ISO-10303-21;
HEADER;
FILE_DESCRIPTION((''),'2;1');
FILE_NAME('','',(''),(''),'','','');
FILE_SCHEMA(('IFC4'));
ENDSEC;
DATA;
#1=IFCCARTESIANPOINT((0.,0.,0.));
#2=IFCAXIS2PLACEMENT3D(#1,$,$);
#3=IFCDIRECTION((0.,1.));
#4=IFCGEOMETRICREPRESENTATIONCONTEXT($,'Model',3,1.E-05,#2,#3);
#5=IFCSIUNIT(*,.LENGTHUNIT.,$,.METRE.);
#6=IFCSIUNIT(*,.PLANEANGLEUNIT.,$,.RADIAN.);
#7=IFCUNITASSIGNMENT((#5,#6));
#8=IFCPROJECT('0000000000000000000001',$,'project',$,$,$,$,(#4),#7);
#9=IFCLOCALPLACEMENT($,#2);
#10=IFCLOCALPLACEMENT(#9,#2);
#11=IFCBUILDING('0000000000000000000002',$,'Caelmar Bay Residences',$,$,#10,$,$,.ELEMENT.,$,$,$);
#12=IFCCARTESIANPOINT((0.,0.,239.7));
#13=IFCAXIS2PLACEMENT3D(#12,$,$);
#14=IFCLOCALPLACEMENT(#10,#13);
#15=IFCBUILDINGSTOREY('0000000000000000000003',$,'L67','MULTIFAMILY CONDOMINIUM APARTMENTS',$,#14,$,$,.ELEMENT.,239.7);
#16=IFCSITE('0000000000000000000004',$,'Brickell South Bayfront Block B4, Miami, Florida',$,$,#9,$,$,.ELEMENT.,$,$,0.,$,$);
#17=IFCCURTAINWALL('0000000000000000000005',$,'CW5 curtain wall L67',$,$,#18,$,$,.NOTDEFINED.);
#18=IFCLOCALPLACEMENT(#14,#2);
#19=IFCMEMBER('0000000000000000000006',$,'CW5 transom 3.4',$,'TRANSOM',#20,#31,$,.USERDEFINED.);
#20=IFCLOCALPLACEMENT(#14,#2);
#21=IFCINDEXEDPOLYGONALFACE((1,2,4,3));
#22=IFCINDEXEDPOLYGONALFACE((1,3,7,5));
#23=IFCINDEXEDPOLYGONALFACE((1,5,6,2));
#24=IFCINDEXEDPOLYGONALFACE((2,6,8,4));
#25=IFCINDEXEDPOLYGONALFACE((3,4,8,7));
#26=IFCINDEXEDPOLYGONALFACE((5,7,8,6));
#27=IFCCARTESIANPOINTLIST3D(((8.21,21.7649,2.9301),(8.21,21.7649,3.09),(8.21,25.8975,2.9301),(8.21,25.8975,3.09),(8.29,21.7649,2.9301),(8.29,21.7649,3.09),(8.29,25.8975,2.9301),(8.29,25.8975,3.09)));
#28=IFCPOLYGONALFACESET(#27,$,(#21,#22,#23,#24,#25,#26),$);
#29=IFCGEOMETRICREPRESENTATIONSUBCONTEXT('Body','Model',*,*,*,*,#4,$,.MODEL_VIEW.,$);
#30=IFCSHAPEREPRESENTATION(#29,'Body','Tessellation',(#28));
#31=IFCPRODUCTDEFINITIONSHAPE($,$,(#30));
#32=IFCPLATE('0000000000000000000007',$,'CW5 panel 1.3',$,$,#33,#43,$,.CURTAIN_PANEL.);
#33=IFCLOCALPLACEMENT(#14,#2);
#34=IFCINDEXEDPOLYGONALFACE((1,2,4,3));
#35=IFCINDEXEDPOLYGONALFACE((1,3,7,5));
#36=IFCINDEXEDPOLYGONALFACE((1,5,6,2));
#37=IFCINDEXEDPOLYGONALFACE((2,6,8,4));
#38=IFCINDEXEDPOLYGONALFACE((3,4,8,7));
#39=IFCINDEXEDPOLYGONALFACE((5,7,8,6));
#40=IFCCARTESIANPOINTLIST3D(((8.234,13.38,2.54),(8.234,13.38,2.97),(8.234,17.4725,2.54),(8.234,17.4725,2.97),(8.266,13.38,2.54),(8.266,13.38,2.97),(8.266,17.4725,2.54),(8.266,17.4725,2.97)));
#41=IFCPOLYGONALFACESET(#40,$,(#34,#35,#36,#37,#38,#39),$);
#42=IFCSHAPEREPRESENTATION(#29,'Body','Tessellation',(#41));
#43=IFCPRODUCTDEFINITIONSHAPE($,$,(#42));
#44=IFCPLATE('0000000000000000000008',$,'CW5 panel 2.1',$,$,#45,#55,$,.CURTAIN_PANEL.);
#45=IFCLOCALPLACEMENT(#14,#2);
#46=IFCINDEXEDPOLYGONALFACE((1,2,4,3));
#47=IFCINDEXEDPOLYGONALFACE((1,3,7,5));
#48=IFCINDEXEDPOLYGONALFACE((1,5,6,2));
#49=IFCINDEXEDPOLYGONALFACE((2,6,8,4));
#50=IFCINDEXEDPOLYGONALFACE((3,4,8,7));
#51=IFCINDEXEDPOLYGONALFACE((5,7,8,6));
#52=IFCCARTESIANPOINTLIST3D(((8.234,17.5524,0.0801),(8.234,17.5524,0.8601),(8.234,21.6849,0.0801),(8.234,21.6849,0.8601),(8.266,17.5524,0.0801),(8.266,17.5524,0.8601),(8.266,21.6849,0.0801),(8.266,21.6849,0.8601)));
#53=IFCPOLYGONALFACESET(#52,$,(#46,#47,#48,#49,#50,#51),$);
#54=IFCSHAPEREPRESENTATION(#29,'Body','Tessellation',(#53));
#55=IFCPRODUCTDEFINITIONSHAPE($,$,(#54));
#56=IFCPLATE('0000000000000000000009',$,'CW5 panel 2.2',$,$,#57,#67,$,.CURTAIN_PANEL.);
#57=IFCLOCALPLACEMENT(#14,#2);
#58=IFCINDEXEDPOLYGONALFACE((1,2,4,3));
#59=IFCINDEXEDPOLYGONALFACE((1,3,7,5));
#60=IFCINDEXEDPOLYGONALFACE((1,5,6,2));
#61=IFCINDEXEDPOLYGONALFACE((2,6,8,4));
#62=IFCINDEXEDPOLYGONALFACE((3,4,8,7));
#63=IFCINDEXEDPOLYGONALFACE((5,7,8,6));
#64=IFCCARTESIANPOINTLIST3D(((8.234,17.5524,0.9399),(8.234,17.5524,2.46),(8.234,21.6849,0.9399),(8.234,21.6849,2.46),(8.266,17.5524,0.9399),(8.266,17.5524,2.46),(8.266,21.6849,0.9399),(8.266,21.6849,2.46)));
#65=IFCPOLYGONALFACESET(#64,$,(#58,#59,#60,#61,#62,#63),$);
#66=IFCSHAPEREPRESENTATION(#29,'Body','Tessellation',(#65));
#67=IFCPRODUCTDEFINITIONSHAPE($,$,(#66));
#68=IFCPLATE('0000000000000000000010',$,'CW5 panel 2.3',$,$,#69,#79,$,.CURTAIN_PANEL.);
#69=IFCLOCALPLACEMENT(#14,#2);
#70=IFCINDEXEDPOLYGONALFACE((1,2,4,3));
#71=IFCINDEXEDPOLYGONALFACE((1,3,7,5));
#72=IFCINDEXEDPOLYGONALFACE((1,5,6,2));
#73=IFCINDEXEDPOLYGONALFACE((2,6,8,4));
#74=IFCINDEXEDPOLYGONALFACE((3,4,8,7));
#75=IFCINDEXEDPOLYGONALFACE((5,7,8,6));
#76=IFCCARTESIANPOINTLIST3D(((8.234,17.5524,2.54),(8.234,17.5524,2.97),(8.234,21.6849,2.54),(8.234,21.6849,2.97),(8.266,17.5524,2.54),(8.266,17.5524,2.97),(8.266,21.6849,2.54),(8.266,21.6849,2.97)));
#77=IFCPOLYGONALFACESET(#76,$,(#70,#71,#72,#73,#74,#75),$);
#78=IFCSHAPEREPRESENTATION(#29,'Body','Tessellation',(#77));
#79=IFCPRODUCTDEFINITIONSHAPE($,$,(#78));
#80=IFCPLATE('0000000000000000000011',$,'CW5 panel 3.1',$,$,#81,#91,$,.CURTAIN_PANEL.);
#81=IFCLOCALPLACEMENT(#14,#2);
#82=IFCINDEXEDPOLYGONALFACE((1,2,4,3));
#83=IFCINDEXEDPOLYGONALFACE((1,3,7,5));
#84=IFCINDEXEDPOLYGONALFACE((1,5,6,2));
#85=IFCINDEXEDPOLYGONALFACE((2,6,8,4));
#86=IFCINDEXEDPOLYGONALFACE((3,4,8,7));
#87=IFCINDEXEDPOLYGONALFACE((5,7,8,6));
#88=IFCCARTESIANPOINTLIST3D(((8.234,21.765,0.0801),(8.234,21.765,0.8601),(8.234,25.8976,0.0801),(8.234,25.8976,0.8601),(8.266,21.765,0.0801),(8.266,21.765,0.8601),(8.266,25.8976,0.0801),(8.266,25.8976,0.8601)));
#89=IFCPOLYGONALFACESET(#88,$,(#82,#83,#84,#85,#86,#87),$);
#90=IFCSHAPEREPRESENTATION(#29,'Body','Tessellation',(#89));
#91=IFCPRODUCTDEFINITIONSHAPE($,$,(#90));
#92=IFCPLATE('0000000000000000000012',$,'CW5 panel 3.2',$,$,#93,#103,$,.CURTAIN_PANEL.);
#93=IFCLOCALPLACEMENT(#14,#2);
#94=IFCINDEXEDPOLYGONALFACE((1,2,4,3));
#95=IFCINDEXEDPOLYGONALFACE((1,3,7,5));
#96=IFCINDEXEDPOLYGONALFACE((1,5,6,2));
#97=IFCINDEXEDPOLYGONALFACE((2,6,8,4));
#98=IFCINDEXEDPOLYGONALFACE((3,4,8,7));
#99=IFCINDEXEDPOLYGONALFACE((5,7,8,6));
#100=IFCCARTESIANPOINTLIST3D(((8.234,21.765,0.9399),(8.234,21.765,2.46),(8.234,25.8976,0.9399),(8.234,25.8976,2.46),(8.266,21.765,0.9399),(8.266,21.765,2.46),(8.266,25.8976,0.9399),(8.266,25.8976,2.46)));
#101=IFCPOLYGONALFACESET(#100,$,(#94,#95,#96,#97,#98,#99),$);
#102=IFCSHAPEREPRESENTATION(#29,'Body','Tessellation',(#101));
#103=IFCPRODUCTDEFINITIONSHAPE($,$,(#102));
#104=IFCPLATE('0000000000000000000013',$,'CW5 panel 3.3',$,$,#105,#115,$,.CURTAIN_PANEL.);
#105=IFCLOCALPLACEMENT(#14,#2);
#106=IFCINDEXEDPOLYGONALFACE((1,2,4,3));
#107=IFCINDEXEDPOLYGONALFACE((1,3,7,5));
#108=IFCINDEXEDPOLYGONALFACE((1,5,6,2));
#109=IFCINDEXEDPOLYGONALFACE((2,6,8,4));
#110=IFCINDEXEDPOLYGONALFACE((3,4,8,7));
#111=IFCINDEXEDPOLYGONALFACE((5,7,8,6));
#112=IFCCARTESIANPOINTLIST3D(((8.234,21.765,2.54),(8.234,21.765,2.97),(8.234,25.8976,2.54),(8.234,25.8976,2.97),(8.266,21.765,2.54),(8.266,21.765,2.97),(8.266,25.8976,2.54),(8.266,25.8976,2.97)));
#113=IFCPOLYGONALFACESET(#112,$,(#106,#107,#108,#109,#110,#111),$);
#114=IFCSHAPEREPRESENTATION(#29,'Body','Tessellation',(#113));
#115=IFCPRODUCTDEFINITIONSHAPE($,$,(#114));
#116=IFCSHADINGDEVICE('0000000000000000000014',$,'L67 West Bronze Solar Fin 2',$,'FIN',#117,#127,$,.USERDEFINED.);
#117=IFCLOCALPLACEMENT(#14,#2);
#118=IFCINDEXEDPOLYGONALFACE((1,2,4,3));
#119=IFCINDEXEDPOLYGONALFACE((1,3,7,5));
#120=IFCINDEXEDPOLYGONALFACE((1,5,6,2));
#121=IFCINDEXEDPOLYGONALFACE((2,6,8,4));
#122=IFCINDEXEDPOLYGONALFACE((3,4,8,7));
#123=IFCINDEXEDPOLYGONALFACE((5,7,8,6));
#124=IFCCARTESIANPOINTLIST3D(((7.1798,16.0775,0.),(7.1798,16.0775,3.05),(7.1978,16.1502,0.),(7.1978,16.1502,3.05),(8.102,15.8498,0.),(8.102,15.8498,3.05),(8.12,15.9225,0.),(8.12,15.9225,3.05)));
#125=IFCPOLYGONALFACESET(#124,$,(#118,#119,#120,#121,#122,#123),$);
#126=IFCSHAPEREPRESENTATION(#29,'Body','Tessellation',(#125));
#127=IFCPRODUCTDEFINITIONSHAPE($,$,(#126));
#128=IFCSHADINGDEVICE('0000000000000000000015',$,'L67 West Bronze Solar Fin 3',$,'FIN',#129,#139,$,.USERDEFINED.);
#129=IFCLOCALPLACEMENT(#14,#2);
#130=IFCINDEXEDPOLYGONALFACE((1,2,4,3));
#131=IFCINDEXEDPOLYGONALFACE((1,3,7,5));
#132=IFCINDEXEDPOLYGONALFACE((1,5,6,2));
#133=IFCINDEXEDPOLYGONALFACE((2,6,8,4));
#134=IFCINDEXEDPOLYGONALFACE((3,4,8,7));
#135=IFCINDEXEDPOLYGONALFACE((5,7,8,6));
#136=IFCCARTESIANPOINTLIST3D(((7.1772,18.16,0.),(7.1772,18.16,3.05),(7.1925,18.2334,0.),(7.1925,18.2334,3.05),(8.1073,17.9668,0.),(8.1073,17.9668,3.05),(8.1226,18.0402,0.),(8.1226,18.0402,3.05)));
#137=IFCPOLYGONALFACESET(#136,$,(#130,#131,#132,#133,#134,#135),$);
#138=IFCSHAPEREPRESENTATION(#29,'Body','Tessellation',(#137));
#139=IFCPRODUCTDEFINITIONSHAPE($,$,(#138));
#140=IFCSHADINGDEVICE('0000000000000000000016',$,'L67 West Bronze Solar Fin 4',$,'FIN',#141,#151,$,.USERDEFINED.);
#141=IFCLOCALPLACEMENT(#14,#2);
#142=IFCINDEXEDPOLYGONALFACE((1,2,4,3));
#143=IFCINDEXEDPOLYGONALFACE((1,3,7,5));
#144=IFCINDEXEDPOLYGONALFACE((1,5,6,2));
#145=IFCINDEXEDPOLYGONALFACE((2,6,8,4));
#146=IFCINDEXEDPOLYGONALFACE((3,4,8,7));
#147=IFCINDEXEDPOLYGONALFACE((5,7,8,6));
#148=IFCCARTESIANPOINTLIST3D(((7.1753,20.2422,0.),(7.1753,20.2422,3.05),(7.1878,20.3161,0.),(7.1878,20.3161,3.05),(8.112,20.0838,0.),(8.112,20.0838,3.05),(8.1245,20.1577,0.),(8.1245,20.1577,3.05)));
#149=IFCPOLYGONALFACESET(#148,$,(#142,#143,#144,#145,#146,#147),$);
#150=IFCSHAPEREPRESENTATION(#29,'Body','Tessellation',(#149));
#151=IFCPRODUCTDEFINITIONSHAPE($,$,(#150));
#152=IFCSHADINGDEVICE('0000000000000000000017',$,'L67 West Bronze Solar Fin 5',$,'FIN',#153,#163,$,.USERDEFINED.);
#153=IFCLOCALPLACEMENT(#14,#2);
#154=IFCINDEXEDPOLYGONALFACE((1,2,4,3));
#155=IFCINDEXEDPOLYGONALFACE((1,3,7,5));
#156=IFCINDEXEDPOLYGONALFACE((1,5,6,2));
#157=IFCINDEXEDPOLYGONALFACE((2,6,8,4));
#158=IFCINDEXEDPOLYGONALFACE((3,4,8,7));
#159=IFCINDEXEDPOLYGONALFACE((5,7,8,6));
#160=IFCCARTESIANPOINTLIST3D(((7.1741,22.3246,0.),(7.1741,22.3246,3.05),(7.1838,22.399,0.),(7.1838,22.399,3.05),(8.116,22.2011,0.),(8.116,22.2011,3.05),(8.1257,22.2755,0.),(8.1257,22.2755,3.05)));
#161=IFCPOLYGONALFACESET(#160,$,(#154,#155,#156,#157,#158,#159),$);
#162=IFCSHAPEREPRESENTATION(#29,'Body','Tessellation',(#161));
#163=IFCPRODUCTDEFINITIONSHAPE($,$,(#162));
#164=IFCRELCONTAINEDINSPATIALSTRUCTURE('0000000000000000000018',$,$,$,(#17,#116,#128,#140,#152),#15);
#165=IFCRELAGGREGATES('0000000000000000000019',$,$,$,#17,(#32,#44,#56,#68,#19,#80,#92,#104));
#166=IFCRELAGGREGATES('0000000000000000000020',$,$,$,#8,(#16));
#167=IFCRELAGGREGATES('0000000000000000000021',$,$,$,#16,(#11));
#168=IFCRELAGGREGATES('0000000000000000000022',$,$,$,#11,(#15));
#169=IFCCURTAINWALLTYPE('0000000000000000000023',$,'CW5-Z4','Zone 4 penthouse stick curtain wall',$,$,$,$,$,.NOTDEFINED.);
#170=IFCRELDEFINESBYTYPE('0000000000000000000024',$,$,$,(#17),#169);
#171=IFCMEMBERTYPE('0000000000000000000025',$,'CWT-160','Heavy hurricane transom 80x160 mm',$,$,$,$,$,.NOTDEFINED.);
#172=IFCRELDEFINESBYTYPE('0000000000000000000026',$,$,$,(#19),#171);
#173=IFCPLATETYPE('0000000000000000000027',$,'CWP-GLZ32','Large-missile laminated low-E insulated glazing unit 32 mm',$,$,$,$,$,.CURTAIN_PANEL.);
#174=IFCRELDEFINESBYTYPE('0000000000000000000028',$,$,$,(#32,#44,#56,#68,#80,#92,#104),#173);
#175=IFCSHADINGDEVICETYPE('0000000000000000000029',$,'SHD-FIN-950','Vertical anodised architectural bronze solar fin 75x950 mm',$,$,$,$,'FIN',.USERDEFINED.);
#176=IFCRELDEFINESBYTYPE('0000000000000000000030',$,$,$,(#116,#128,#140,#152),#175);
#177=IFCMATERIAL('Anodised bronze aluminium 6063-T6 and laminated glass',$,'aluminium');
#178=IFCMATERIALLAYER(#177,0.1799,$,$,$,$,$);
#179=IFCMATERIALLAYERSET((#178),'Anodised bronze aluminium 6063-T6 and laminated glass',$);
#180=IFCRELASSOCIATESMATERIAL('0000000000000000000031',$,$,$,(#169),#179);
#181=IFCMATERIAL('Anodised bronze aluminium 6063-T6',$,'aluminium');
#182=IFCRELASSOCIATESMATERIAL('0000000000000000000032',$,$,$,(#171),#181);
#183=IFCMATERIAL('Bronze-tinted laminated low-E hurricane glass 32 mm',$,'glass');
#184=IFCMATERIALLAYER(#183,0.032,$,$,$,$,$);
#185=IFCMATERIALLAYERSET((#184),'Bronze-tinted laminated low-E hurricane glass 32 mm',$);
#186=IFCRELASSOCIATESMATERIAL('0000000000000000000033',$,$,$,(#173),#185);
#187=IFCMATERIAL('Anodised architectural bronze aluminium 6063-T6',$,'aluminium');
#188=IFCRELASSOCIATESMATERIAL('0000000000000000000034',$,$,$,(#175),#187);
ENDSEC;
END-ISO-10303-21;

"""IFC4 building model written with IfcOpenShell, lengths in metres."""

from ifc_helpers import new_model, si_unit, direction, frame, origin, origin_2d, place, context, subcontext, project, spatial, rectangle, extrude, material, layer, layer_set, material_profile, profile_set, type_object, element, aggregate, save


model = new_model("IFC4")

# Units and contexts
model_context = context("Model", 3, precision=1e-05, world=origin(), true_north=direction((0.0, 1.0)))
body_context = subcontext(model_context, "Body", "Model", "MODEL_VIEW")
ifc_project = project(units=[si_unit("LENGTHUNIT", "METRE"), si_unit("PLANEANGLEUNIT", "RADIAN")], contexts=[model_context])

# Site, building, storey
site_placement = place(None, origin())
site = spatial("IfcSite", under=ifc_project, at=site_placement, Name="Brickell South Bayfront Block B4, Miami, Florida", CompositionType="ELEMENT", RefElevation=0.0)
building_placement = place(site_placement, origin())
building = spatial("IfcBuilding", under=site, at=building_placement, Name="Caelmar Bay Residences", CompositionType="ELEMENT")
storey_placement = place(building_placement, frame((0.0, 0.0, 239.7)))
storey = spatial("IfcBuildingStorey", under=building, at=storey_placement, Name="L67", Description="MULTIFAMILY CONDOMINIUM APARTMENTS", CompositionType="ELEMENT", Elevation=239.7)

# Curtain wall, member, plates
ifc_material_1 = material(Name="Anodised bronze aluminium 6063-T6 and laminated glass", Category="aluminium")
ifc_layer_1 = layer(ifc_material_1, 0.1799)
ifc_layer_set_1 = layer_set([ifc_layer_1], Name="Anodised bronze aluminium 6063-T6 and laminated glass")
curtain_wall_type = type_object("IfcCurtainWallType", Name="CW5-Z4", Description="Zone 4 penthouse stick curtain wall", PredefinedType="NOTDEFINED", material=ifc_layer_set_1)
curtain_wall_placement = place(storey_placement, origin())
curtain_wall = element("IfcCurtainWall", 1, at=curtain_wall_placement, inside=storey, type_object=curtain_wall_type, Name="CW5 curtain wall L67", PredefinedType="NOTDEFINED")
ifc_material_2 = material(Name="Anodised bronze aluminium 6063-T6", Category="aluminium")
ifc_material_profile_1 = material_profile(ifc_material_2, rectangle(XDim=0.0801, YDim=0.1599, at=origin_2d()), Name="CWT-80X160")
ifc_profile_set_1 = profile_set([ifc_material_profile_1], Name="Anodised bronze aluminium 6063-T6")
member_type_1 = type_object("IfcMemberType", Name="CWT-160", Description="Heavy hurricane transom 80x160 mm", PredefinedType="NOTDEFINED", material=ifc_profile_set_1)
member_1_placement = place(storey_placement, frame((8.25, 21.7649, 3.01), z_axis=(0.0, 1.0, 0.0), x_axis=(-1.0, 0.0, 0.0)))
member_1 = element("IfcMember", 2, at=member_1_placement, type_object=member_type_1, Name="CW5 transom 3.4", ObjectType="TRANSOM", PredefinedType="USERDEFINED", context=body_context, shape_type="SweptSolid", body=[
    extrude(rectangle(XDim=0.0801, YDim=0.1599, at=origin_2d()), origin(), (0.0, 0.0, 1.0), 4.1326),
])
ifc_material_3 = material(Name="Bronze-tinted laminated low-E hurricane glass 32 mm", Category="glass")
ifc_layer_2 = layer(ifc_material_3, 0.032)
ifc_layer_set_2 = layer_set([ifc_layer_2], Name="Bronze-tinted laminated low-E hurricane glass 32 mm")
plate_type = type_object("IfcPlateType", Name="CWP-GLZ32", Description="Large-missile laminated low-E insulated glazing unit 32 mm", PredefinedType="CURTAIN_PANEL", material=ifc_layer_set_2)
plate_1_placement = place(storey_placement, frame((8.25, 15.4263, 2.54), z_axis=(0.0, 0.0, 1.0), x_axis=(0.0, 1.0, 0.0)))
plate_1 = element("IfcPlate", 3, at=plate_1_placement, type_object=plate_type, Name="CW5 panel 1.3", PredefinedType="CURTAIN_PANEL", context=body_context, shape_type="SweptSolid", body=[
    extrude(rectangle(XDim=4.0925, YDim=0.032, at=origin_2d()), origin(), (0.0, 0.0, 1.0), 0.4299),
])
plate_2_placement = place(storey_placement, frame((8.25, 19.6187, 0.0801), z_axis=(0.0, 0.0, 1.0), x_axis=(0.0, 1.0, 0.0)))
plate_2 = element("IfcPlate", 4, at=plate_2_placement, type_object=plate_type, Name="CW5 panel 2.1", PredefinedType="CURTAIN_PANEL", context=body_context, shape_type="SweptSolid", body=[
    extrude(rectangle(XDim=4.1326, YDim=0.032, at=origin_2d()), origin(), (0.0, 0.0, 1.0), 0.78),
])
plate_3_placement = place(storey_placement, frame((8.25, 19.6187, 0.9399), z_axis=(0.0, 0.0, 1.0), x_axis=(0.0, 1.0, 0.0)))
plate_3 = element("IfcPlate", 5, at=plate_3_placement, type_object=plate_type, Name="CW5 panel 2.2", PredefinedType="CURTAIN_PANEL", context=body_context, shape_type="SweptSolid", body=[
    extrude(rectangle(XDim=4.1326, YDim=0.032, at=origin_2d()), origin(), (0.0, 0.0, 1.0), 1.52),
])
plate_4_placement = place(storey_placement, frame((8.25, 19.6187, 2.54), z_axis=(0.0, 0.0, 1.0), x_axis=(0.0, 1.0, 0.0)))
plate_4 = element("IfcPlate", 6, at=plate_4_placement, type_object=plate_type, Name="CW5 panel 2.3", PredefinedType="CURTAIN_PANEL", context=body_context, shape_type="SweptSolid", body=[
    extrude(rectangle(XDim=4.1326, YDim=0.032, at=origin_2d()), origin(), (0.0, 0.0, 1.0), 0.4299),
])
plate_5_placement = place(storey_placement, frame((8.25, 23.8313, 0.0801), z_axis=(0.0, 0.0, 1.0), x_axis=(0.0, 1.0, 0.0)))
plate_5 = element("IfcPlate", 7, at=plate_5_placement, type_object=plate_type, Name="CW5 panel 3.1", PredefinedType="CURTAIN_PANEL", context=body_context, shape_type="SweptSolid", body=[
    extrude(rectangle(XDim=4.1326, YDim=0.032, at=origin_2d()), origin(), (0.0, 0.0, 1.0), 0.78),
])
plate_6_placement = place(storey_placement, frame((8.25, 23.8313, 0.9399), z_axis=(0.0, 0.0, 1.0), x_axis=(0.0, 1.0, 0.0)))
plate_6 = element("IfcPlate", 8, at=plate_6_placement, type_object=plate_type, Name="CW5 panel 3.2", PredefinedType="CURTAIN_PANEL", context=body_context, shape_type="SweptSolid", body=[
    extrude(rectangle(XDim=4.1326, YDim=0.032, at=origin_2d()), origin(), (0.0, 0.0, 1.0), 1.52),
])
plate_7_placement = place(storey_placement, frame((8.25, 23.8313, 2.54), z_axis=(0.0, 0.0, 1.0), x_axis=(0.0, 1.0, 0.0)))
plate_7 = element("IfcPlate", 9, at=plate_7_placement, type_object=plate_type, Name="CW5 panel 3.3", PredefinedType="CURTAIN_PANEL", context=body_context, shape_type="SweptSolid", body=[
    extrude(rectangle(XDim=4.1326, YDim=0.032, at=origin_2d()), origin(), (0.0, 0.0, 1.0), 0.4299),
])
aggregate(curtain_wall, [plate_1, plate_2, plate_3, plate_4, member_1, plate_5, plate_6, plate_7])

# Shading devices
ifc_material_4 = material(Name="Anodised architectural bronze aluminium 6063-T6", Category="aluminium")
ifc_material_profile_2 = material_profile(ifc_material_4, rectangle(XDim=0.075, YDim=0.95, at=origin_2d()), Name="BRONZE-FIN-75X950")
ifc_profile_set_2 = profile_set([ifc_material_profile_2], Name="Anodised architectural bronze aluminium 6063-T6")
shading_device_type = type_object("IfcShadingDeviceType", Name="SHD-FIN-950", Description="Vertical anodised architectural bronze solar fin 75x950 mm", ElementType="FIN", PredefinedType="USERDEFINED", material=ifc_profile_set_2)
for number, where, z_axis, x_axis, name in (
    (10, (7.6499, 16.0, 0.0), (0.0, 0.0, 1.0), (0.23972, 0.970842, 0.0), "L67 West Bronze Solar Fin 2"),
    (11, (7.6499, 18.1001, 0.0), (0.0, 0.0, 1.0), (0.2033, 0.979116, 0.0), "L67 West Bronze Solar Fin 3"),
    (12, (7.6499, 20.2, 0.0), (0.0, 0.0, 1.0), (0.166769, 0.985996, 0.0), "L67 West Bronze Solar Fin 4"),
    (13, (7.6499, 22.3, 0.0), (0.0, 0.0, 1.0), (0.130007, 0.991513, 0.0), "L67 West Bronze Solar Fin 5"),
):
    element("IfcShadingDevice", number, at=place(storey_placement, frame(where, z_axis=z_axis, x_axis=x_axis)), inside=storey, type_object=shading_device_type, Name=name, ObjectType="FIN", PredefinedType="USERDEFINED", context=body_context, shape_type="SweptSolid", body=[
        extrude(rectangle(XDim=0.075, YDim=0.95, at=origin_2d()), origin(), (0.0, 0.0, 1.0), 3.05),
    ])

save(model, "model.ifc")
